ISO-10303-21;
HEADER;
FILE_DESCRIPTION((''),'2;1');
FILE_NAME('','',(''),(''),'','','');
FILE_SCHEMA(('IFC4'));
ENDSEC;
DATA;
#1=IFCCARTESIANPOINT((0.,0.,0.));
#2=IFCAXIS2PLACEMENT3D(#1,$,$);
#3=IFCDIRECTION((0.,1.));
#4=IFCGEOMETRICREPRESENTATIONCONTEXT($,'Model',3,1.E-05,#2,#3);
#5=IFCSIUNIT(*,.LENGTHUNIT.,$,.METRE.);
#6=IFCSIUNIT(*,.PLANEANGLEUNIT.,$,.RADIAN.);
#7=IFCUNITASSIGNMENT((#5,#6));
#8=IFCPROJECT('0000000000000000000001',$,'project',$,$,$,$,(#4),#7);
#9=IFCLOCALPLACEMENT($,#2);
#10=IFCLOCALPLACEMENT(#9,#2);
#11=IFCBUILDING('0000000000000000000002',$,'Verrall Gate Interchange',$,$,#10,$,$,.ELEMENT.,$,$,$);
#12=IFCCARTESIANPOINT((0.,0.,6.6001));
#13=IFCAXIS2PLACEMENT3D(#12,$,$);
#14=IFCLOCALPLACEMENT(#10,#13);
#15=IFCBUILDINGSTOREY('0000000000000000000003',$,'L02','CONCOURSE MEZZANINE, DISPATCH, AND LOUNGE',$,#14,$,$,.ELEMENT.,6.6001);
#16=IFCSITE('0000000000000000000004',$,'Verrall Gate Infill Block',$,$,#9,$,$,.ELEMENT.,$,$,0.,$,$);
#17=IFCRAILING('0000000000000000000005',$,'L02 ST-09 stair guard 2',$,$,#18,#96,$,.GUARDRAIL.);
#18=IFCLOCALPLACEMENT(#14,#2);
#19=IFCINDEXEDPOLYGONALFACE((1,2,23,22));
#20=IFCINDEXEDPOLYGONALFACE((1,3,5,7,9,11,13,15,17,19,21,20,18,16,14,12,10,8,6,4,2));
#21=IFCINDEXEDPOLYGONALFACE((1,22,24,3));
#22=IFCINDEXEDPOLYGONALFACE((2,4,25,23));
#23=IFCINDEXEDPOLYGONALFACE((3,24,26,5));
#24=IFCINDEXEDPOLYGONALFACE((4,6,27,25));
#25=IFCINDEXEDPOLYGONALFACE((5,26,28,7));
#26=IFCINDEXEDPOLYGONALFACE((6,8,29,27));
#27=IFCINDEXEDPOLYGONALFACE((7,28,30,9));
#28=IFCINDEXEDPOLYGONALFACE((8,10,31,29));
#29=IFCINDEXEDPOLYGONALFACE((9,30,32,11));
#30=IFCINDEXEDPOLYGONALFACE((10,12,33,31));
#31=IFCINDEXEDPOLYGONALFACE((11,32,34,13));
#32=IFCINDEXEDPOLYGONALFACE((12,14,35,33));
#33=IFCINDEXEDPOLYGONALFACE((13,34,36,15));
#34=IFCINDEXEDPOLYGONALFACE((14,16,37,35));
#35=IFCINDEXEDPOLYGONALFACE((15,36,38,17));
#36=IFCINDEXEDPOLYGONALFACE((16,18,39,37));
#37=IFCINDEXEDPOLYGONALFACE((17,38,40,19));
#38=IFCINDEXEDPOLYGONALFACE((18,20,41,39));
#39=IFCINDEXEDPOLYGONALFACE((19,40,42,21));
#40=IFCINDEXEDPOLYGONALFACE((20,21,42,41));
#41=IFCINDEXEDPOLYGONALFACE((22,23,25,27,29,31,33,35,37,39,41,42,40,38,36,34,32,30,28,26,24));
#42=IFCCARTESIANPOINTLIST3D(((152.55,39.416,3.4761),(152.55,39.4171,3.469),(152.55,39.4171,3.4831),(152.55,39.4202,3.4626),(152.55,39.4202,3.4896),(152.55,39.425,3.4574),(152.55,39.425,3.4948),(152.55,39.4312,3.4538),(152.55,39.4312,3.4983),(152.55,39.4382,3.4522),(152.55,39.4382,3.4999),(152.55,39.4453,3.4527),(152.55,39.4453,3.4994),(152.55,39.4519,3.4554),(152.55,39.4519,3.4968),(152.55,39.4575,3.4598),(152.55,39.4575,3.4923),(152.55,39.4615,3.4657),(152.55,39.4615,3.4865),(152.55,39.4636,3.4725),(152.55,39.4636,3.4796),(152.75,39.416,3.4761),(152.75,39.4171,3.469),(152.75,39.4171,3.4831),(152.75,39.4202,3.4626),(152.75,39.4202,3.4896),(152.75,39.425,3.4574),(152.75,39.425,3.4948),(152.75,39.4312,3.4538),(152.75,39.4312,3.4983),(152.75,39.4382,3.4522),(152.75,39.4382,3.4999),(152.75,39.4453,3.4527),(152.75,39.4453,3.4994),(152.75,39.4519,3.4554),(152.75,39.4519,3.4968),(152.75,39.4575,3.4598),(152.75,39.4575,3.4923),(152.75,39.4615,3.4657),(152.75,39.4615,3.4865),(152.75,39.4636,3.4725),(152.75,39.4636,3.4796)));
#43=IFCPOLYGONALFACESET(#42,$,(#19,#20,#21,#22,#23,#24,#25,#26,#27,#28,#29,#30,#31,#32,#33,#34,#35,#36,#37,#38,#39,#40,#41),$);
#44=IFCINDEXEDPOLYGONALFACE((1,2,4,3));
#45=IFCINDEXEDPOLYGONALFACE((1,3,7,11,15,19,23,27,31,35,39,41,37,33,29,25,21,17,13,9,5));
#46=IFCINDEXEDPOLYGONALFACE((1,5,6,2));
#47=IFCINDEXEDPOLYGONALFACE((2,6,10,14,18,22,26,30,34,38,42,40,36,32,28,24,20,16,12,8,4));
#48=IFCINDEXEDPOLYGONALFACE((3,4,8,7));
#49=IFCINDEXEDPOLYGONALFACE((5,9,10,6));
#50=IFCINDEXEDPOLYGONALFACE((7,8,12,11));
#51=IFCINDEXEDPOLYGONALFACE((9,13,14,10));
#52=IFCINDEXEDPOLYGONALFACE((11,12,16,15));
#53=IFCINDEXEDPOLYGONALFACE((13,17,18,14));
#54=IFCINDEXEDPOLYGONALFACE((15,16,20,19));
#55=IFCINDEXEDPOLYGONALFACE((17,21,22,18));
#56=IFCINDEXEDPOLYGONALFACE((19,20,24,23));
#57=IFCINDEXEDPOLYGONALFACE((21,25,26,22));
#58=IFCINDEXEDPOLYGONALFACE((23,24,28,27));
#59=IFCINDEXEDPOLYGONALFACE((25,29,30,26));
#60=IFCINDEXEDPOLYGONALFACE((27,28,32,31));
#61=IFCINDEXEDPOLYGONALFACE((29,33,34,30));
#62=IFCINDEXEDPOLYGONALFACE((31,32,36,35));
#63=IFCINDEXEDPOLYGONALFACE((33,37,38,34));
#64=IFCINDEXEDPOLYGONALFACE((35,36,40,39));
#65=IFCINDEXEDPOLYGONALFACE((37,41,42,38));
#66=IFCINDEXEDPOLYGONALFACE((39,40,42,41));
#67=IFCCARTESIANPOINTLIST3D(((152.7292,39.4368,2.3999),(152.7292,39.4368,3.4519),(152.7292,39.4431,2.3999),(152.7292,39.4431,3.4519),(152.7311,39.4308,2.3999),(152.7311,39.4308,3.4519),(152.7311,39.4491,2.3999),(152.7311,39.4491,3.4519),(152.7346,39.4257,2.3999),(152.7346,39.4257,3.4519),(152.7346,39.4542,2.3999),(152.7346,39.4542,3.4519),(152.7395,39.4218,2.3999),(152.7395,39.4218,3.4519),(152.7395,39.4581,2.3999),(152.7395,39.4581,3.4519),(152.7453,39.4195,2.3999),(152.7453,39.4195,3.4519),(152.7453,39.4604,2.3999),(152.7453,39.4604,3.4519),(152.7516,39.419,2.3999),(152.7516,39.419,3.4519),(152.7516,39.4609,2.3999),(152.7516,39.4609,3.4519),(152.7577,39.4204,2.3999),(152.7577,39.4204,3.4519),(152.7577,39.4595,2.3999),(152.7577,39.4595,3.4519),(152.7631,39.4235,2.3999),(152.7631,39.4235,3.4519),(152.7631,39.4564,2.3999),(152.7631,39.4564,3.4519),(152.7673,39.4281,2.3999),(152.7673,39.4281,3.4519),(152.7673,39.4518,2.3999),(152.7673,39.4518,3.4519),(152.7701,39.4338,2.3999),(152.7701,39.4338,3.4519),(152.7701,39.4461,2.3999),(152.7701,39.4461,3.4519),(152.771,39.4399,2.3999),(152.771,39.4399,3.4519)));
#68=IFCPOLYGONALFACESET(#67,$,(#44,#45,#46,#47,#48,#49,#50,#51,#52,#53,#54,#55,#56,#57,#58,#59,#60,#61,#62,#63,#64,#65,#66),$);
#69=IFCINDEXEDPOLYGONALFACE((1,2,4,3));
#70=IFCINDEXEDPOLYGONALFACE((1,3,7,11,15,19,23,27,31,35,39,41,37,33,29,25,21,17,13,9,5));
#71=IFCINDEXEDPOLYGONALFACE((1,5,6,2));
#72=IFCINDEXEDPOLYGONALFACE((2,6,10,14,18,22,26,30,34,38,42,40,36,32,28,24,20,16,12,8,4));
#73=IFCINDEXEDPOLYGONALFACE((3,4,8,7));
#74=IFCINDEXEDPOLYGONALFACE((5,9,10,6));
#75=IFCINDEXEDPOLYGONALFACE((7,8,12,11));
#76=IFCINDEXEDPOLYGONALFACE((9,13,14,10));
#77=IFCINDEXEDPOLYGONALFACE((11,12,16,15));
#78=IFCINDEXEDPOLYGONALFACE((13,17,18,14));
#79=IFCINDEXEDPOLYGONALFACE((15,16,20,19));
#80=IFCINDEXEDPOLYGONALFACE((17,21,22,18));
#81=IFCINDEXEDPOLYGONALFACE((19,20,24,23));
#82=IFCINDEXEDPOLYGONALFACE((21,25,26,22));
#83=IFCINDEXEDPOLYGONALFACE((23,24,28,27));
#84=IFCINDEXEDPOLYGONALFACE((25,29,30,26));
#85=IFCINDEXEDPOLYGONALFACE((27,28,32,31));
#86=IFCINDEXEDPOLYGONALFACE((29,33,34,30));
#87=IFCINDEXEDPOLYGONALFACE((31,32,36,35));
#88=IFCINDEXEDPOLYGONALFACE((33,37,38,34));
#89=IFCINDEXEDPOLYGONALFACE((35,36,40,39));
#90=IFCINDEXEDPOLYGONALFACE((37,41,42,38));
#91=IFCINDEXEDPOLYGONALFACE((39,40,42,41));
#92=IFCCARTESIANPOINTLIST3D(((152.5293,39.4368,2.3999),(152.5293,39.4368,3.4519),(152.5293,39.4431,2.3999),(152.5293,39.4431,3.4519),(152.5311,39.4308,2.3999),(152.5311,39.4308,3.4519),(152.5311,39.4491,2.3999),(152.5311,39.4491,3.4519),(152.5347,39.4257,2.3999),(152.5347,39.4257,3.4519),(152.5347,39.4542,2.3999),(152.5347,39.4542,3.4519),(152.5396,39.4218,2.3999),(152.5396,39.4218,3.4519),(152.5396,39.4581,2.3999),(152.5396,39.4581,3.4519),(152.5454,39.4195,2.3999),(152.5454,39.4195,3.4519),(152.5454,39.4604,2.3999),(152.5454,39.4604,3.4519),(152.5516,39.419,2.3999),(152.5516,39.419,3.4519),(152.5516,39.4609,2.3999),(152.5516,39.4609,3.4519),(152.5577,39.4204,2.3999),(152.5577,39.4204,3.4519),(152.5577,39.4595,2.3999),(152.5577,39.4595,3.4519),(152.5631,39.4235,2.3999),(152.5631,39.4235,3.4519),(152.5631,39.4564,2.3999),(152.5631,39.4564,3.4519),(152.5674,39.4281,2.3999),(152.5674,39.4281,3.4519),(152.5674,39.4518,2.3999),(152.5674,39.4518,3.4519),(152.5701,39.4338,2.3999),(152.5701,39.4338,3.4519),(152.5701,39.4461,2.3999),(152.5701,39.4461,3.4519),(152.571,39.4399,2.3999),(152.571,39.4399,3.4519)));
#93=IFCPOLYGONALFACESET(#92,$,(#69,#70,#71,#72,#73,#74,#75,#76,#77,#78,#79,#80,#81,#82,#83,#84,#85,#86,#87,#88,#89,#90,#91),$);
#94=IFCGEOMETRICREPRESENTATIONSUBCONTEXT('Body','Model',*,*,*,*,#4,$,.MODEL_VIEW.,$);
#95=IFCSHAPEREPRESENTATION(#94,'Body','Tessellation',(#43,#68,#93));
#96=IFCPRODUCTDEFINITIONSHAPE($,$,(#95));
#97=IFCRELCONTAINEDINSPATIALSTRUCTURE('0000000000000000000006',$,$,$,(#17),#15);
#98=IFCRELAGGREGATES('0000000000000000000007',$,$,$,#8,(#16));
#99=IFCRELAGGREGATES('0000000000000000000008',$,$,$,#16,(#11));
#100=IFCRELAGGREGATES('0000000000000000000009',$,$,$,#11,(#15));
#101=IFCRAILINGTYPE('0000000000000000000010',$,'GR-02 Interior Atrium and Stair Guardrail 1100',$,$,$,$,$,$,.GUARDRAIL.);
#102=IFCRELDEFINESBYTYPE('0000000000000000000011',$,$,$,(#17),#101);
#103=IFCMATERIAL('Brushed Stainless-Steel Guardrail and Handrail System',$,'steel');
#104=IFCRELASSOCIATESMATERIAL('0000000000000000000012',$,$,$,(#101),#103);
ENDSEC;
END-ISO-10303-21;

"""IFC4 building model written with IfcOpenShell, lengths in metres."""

from ifc_helpers import new_model, si_unit, direction, frame, origin, origin_2d, place, context, subcontext, project, spatial, circle, extrude, material, type_object, element, save


model = new_model("IFC4")

# Units and contexts
model_context = context("Model", 3, precision=1e-05, world=origin(), true_north=direction((0.0, 1.0)))
body_context = subcontext(model_context, "Body", "Model", "MODEL_VIEW")
ifc_project = project(units=[si_unit("LENGTHUNIT", "METRE"), si_unit("PLANEANGLEUNIT", "RADIAN")], contexts=[model_context])

# Site, building, storey
site_placement = place(None, origin())
site = spatial("IfcSite", under=ifc_project, at=site_placement, Name="Verrall Gate Infill Block", CompositionType="ELEMENT", RefElevation=0.0)
building_placement = place(site_placement, origin())
building = spatial("IfcBuilding", under=site, at=building_placement, Name="Verrall Gate Interchange", CompositionType="ELEMENT")
storey_placement = place(building_placement, frame((0.0, 0.0, 6.6001)))
storey = spatial("IfcBuildingStorey", under=building, at=storey_placement, Name="L02", Description="CONCOURSE MEZZANINE, DISPATCH, AND LOUNGE", CompositionType="ELEMENT", Elevation=6.6001)

# Railing
ifc_material_1 = material(Name="Brushed Stainless-Steel Guardrail and Handrail System", Category="steel")
railing_type_1 = type_object("IfcRailingType", Name="GR-02 Interior Atrium and Stair Guardrail 1100", PredefinedType="GUARDRAIL", material=ifc_material_1)
railing_1_placement = place(storey_placement, frame((152.75, 39.4399, 2.3999)))
element("IfcRailing", 1, at=railing_1_placement, inside=storey, type_object=railing_type_1, Name="L02 ST-09 stair guard 2", PredefinedType="GUARDRAIL", context=body_context, shape_type="SweptSolid", body=[
    extrude(circle(Radius=0.0239, at=origin_2d()), frame((0.0, 0.0, 1.0762), z_axis=(-1.0, 0.0, 0.0), x_axis=(0.0, -1.0, 0.0)), (0.0, 0.0, 1.0), 0.2),
    extrude(circle(Radius=0.021, at=origin_2d()), origin(), (0.0, 0.0, 1.0), 1.052),
    extrude(circle(Radius=0.021, at=origin_2d()), frame((-0.2, 0.0, 0.0)), (0.0, 0.0, 1.0), 1.052),
])

save(model, "model.ifc")
